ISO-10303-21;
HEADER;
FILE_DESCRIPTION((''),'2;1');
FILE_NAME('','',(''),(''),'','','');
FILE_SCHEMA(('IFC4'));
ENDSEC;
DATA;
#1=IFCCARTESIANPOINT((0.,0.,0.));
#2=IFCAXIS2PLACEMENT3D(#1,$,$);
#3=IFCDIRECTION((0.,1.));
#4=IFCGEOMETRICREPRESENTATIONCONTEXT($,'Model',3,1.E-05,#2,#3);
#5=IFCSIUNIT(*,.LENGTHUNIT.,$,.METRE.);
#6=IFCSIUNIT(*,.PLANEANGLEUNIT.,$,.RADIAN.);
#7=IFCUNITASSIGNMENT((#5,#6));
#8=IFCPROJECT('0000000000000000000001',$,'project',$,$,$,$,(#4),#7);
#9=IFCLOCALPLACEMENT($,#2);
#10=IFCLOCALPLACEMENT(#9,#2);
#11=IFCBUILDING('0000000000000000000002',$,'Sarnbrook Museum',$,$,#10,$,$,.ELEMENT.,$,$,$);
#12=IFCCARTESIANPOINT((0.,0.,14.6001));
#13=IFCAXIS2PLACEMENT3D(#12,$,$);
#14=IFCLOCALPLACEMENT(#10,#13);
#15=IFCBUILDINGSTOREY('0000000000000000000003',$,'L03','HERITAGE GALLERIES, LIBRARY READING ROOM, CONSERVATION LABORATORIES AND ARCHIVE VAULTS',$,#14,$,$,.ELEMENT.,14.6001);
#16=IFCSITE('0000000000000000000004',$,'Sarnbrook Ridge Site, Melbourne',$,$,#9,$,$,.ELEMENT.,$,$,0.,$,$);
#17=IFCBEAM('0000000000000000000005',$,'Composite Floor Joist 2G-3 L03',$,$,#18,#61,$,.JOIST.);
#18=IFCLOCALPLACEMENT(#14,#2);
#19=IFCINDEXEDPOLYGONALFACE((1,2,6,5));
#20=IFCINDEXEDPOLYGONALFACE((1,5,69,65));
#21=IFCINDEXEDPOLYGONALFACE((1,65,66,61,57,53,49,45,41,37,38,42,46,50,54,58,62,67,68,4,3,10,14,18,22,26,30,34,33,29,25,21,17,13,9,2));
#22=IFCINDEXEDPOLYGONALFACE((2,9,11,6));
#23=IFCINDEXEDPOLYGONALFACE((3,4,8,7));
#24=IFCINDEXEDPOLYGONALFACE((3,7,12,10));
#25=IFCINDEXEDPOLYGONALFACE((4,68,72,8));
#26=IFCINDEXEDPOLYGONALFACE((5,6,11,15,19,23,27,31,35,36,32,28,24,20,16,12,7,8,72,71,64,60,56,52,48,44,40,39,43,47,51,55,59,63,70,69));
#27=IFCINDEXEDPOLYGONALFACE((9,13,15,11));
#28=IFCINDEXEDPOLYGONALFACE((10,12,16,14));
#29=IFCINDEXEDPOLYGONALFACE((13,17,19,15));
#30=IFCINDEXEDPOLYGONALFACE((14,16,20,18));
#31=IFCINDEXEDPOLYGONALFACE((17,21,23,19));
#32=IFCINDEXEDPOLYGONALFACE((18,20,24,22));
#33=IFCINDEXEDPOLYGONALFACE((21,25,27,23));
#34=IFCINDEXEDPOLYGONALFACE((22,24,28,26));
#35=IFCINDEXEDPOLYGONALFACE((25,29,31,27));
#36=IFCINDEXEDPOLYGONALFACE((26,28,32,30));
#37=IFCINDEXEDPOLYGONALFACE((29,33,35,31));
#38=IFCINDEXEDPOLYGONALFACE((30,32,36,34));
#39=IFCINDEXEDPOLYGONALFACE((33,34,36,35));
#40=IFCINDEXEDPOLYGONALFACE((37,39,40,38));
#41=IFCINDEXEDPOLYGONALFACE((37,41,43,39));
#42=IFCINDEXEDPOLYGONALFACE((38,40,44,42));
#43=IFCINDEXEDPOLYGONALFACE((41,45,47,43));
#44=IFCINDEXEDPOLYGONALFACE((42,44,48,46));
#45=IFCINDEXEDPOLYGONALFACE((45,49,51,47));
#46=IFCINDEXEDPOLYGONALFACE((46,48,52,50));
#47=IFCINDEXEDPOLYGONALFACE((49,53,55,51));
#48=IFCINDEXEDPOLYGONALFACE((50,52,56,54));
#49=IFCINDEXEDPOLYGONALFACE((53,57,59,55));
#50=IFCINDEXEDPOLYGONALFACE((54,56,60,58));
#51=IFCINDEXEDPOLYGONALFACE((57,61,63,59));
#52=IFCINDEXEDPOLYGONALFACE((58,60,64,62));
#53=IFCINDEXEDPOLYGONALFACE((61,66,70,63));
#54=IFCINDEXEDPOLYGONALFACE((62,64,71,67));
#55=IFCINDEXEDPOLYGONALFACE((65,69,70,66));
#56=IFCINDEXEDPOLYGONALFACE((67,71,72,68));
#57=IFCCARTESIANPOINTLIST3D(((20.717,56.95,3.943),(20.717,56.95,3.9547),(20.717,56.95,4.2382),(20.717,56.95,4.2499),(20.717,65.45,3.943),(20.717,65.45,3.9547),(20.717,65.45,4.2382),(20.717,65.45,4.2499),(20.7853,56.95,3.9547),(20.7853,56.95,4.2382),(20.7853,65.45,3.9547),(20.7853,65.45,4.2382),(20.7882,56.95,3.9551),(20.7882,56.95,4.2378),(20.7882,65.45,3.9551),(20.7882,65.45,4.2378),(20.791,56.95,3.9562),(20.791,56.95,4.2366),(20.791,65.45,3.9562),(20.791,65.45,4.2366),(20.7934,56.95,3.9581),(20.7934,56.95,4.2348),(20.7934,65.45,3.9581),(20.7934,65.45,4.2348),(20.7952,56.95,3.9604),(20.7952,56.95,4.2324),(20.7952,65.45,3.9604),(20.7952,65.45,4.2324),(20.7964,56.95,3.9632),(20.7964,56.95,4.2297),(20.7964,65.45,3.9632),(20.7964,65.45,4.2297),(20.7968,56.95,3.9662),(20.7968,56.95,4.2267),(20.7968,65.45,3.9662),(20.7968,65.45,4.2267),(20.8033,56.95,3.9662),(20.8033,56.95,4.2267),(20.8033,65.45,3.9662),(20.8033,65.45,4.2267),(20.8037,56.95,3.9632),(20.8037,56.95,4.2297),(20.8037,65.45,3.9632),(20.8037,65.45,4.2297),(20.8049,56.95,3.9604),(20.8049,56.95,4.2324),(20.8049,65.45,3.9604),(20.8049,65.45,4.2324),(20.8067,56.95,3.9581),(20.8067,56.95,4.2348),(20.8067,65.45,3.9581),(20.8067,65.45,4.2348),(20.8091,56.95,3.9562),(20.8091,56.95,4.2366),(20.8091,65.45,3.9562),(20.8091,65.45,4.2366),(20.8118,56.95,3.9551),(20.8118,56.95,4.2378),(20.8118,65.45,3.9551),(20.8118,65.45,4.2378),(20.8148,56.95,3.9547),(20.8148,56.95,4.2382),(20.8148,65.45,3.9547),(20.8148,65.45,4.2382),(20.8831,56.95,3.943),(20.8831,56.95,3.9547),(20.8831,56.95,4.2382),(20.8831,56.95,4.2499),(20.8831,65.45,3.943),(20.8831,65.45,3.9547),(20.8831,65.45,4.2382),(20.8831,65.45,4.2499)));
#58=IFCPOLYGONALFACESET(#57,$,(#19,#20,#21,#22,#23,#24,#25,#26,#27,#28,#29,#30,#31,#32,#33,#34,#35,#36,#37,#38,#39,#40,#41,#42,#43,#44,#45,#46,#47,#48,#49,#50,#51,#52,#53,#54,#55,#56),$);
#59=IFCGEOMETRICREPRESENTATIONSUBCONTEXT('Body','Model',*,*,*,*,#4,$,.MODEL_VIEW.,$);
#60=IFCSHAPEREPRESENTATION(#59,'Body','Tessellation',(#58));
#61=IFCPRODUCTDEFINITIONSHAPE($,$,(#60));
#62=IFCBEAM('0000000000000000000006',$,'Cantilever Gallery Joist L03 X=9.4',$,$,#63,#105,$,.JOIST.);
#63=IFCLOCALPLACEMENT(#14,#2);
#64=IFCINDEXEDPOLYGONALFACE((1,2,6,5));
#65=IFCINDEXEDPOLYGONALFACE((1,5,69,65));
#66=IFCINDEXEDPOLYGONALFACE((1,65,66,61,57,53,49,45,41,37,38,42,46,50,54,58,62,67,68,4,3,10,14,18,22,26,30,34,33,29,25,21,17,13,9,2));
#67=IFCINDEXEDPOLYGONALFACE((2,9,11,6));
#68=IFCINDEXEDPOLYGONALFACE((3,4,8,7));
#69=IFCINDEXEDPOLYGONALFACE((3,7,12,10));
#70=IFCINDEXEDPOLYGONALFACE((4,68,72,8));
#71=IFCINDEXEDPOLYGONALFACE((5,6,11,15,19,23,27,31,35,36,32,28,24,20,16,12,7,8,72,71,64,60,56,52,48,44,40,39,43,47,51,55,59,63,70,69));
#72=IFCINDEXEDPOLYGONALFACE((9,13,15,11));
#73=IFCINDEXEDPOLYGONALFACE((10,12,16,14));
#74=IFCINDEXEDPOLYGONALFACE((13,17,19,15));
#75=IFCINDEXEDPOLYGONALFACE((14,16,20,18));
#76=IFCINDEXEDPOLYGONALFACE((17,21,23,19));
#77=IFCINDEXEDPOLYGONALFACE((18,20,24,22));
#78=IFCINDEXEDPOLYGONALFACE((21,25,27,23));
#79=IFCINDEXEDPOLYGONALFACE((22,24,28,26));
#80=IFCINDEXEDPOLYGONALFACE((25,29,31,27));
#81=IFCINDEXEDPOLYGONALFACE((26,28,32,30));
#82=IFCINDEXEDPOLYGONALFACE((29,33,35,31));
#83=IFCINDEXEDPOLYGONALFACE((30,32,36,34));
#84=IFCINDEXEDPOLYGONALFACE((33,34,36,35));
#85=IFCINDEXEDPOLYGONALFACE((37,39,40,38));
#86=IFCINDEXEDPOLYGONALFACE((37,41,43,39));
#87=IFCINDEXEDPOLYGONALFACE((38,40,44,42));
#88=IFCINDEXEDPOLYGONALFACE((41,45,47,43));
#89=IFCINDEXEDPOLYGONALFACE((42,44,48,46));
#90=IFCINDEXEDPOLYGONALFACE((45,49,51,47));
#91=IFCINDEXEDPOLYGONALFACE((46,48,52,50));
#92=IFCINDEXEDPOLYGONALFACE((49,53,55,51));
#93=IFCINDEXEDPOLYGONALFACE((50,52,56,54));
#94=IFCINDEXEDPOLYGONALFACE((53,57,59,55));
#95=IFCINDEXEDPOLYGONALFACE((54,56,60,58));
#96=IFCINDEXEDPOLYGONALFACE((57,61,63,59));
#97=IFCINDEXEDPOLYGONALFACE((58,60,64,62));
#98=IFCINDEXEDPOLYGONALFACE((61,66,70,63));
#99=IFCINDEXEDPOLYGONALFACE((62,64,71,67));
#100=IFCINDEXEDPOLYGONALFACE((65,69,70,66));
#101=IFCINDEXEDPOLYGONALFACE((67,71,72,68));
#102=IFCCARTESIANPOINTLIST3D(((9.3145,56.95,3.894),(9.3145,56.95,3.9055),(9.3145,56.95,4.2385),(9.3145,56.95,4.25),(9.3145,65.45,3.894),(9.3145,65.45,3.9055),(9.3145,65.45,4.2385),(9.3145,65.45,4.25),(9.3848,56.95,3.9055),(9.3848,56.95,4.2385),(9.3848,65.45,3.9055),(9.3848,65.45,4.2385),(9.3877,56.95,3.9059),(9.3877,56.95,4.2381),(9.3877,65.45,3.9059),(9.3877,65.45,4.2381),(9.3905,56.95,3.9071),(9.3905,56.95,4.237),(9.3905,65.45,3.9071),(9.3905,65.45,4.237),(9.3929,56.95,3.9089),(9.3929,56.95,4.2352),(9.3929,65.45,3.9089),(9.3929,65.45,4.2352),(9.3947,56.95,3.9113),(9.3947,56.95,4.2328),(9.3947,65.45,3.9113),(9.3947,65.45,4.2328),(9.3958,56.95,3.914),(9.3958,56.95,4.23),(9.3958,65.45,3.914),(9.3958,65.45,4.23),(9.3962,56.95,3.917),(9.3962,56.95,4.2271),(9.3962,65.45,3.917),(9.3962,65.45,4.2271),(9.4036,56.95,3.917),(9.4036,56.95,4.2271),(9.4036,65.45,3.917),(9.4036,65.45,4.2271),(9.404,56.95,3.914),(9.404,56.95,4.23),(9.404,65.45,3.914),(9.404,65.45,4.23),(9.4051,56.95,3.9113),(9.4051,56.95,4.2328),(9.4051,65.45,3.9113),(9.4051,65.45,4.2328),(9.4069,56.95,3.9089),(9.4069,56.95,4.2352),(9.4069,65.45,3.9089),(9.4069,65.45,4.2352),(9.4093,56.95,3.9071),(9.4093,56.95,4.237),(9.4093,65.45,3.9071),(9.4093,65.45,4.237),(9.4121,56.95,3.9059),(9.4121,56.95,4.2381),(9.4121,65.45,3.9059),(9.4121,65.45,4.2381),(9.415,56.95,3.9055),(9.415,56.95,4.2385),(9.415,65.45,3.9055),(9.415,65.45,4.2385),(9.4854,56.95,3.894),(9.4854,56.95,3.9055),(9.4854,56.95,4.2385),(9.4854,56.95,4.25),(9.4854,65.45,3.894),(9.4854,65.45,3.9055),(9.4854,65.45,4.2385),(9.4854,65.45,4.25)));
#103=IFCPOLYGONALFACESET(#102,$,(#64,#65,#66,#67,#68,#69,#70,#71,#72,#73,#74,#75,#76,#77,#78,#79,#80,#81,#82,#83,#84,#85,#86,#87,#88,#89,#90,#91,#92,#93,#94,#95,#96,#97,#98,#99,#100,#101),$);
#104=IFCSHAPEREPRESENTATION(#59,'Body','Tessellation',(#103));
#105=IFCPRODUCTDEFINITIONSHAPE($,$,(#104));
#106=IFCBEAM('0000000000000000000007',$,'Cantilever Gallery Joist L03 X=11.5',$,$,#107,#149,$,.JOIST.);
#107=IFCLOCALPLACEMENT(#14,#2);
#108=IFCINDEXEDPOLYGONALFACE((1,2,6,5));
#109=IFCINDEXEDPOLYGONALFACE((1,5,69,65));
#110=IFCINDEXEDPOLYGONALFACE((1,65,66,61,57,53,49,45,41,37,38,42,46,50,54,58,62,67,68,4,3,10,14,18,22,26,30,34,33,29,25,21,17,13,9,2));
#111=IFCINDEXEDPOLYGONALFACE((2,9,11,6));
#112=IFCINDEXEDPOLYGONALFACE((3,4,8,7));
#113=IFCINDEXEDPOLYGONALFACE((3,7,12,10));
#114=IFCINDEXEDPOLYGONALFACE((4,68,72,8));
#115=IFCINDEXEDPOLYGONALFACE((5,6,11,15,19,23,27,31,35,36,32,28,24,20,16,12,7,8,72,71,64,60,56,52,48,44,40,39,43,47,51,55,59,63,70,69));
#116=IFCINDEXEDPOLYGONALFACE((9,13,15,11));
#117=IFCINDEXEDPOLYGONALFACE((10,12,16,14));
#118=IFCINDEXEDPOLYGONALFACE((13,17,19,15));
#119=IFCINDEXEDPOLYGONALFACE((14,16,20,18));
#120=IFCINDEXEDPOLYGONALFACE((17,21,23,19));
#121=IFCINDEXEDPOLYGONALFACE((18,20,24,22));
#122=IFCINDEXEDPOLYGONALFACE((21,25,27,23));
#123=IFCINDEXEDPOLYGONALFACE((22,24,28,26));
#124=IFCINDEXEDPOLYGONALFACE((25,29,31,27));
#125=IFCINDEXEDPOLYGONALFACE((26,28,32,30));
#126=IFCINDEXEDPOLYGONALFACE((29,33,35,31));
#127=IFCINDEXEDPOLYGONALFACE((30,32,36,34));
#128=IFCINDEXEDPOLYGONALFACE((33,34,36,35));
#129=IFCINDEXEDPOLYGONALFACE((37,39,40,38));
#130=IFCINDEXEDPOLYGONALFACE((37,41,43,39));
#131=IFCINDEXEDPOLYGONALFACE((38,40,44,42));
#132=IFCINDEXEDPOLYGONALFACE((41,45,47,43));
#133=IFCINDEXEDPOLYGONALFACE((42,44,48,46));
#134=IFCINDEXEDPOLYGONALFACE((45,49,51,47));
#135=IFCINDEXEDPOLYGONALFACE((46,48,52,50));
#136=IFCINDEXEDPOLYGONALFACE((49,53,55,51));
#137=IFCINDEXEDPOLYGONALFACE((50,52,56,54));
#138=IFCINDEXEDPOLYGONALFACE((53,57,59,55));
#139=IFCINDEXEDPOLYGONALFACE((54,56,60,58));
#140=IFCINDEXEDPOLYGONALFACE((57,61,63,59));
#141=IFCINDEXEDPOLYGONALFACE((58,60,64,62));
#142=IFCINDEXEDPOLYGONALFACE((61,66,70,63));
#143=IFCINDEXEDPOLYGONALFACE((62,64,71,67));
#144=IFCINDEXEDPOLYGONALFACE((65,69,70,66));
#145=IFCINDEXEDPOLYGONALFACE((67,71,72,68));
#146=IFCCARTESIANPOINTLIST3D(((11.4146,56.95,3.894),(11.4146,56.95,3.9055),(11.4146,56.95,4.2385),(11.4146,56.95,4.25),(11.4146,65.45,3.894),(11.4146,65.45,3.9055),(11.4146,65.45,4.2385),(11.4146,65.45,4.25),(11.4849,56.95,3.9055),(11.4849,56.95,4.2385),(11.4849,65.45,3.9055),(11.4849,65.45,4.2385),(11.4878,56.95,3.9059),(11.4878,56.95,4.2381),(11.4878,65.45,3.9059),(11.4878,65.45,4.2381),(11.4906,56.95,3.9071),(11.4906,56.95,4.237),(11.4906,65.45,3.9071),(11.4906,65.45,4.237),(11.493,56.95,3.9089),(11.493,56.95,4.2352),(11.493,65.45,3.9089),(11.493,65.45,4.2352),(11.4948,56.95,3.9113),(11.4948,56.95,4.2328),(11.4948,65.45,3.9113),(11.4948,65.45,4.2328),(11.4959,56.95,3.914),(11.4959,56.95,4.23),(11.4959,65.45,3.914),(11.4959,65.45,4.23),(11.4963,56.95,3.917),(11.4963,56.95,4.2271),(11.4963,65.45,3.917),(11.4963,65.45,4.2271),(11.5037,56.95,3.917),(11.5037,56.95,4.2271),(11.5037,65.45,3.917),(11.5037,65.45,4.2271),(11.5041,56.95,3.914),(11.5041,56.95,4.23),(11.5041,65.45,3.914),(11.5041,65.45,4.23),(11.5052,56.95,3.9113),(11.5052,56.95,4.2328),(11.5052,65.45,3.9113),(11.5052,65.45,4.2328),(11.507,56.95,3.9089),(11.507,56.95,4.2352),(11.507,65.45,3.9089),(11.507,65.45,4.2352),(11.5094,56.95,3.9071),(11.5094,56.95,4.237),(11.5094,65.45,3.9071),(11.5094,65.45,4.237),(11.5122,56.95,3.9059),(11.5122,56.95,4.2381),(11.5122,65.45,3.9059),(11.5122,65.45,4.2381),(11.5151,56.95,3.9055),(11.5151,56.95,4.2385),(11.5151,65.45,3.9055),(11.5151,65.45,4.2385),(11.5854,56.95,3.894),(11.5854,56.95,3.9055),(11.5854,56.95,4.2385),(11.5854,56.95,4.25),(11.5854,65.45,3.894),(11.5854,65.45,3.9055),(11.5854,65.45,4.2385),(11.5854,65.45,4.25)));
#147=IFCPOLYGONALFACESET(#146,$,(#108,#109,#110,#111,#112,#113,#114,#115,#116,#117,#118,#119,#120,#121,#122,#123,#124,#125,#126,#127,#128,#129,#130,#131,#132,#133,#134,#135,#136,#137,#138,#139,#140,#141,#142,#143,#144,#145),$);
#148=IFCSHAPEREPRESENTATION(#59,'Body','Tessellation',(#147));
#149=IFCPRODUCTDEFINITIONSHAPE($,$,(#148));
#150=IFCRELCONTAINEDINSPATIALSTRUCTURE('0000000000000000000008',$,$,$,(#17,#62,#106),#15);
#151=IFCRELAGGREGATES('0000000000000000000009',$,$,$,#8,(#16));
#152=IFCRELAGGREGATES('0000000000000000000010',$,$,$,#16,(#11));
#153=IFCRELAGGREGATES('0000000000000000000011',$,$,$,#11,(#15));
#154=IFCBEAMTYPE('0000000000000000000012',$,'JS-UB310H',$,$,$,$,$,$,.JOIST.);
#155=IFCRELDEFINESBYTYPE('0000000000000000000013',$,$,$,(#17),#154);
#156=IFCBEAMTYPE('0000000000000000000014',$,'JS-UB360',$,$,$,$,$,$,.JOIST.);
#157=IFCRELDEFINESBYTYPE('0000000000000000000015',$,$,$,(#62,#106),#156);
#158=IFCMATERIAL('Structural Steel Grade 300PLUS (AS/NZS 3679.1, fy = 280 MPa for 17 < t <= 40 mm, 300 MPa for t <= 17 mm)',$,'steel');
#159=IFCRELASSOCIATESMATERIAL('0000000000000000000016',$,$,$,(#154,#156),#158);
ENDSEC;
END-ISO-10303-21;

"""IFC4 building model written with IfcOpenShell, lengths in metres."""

from ifc_helpers import new_model, si_unit, direction, frame, origin, origin_2d, place, context, subcontext, project, spatial, i_section, extrude, material, material_profile, profile_set, type_object, element, save


model = new_model("IFC4")

# Units and contexts
model_context = context("Model", 3, precision=1e-05, world=origin(), true_north=direction((0.0, 1.0)))
body_context = subcontext(model_context, "Body", "Model", "MODEL_VIEW")
ifc_project = project(units=[si_unit("LENGTHUNIT", "METRE"), si_unit("PLANEANGLEUNIT", "RADIAN")], contexts=[model_context])

# Site, building, storey
site_placement = place(None, origin())
site = spatial("IfcSite", under=ifc_project, at=site_placement, Name="Sarnbrook Ridge Site, Melbourne", CompositionType="ELEMENT", RefElevation=0.0)
building_placement = place(site_placement, origin())
building = spatial("IfcBuilding", under=site, at=building_placement, Name="Sarnbrook Museum", CompositionType="ELEMENT")
storey_placement = place(building_placement, frame((0.0, 0.0, 14.6001)))
storey = spatial("IfcBuildingStorey", under=building, at=storey_placement, Name="L03", Description="HERITAGE GALLERIES, LIBRARY READING ROOM, CONSERVATION LABORATORIES AND ARCHIVE VAULTS", CompositionType="ELEMENT", Elevation=14.6001)

# Shared definitions
ifc_material_1 = material(Name="Structural Steel Grade 300PLUS (AS/NZS 3679.1, fy = 280 MPa for 17 < t <= 40 mm, 300 MPa for t <= 17 mm)", Category="steel")

# Beams
ifc_material_profile_1 = material_profile(ifc_material_1, i_section(OverallWidth=0.166, OverallDepth=0.3069, WebThickness=0.0066, FlangeThickness=0.0117, FilletRadius=0.0115, at=origin_2d()), Name="310UB46.2")
ifc_profile_set_1 = profile_set([ifc_material_profile_1], Name="Structural Steel Grade 300PLUS (AS/NZS 3679.1, fy = 280 MPa for 17 < t <= 40 mm, 300 MPa for t <= 17 mm)")
beam_type_1 = type_object("IfcBeamType", Name="JS-UB310H", PredefinedType="JOIST", material=ifc_profile_set_1)
for number, where, z_axis, x_axis, name in (
    (1, (20.8, 56.95, 4.0964), (0.0, 1.0, 0.0), (-1.0, 0.0, 0.0), "Composite Floor Joist 2G-3 L03"),
):
    element("IfcBeam", number, at=place(storey_placement, frame(where, z_axis=z_axis, x_axis=x_axis)), inside=storey, type_object=beam_type_1, Name=name, PredefinedType="JOIST", context=body_context, shape_type="SweptSolid", body=[
        extrude(i_section(OverallWidth=0.166, OverallDepth=0.3069, WebThickness=0.0066, FlangeThickness=0.0117, FilletRadius=0.0115, at=origin_2d()), origin(), (0.0, 0.0, 1.0), 8.5),
    ])
ifc_material_profile_2 = material_profile(ifc_material_1, i_section(OverallWidth=0.1709, OverallDepth=0.356, WebThickness=0.0073, FlangeThickness=0.0115, FilletRadius=0.0115, at=origin_2d()), Name="360UB50.7")
ifc_profile_set_2 = profile_set([ifc_material_profile_2], Name="Structural Steel Grade 300PLUS (AS/NZS 3679.1, fy = 280 MPa for 17 < t <= 40 mm, 300 MPa for t <= 17 mm)")
beam_type_2 = type_object("IfcBeamType", Name="JS-UB360", PredefinedType="JOIST", material=ifc_profile_set_2)
for number, where, z_axis, x_axis, name in (
    (2, (9.3999, 56.95, 4.072), (0.0, 1.0, 0.0), (-1.0, 0.0, 0.0), "Cantilever Gallery Joist L03 X=9.4"),
    (3, (11.5, 56.95, 4.072), (0.0, 1.0, 0.0), (-1.0, 0.0, 0.0), "Cantilever Gallery Joist L03 X=11.5"),
):
    element("IfcBeam", number, at=place(storey_placement, frame(where, z_axis=z_axis, x_axis=x_axis)), inside=storey, type_object=beam_type_2, Name=name, PredefinedType="JOIST", context=body_context, shape_type="SweptSolid", body=[
        extrude(i_section(OverallWidth=0.1709, OverallDepth=0.356, WebThickness=0.0073, FlangeThickness=0.0115, FilletRadius=0.0115, at=origin_2d()), origin(), (0.0, 0.0, 1.0), 8.5),
    ])

save(model, "model.ifc")
